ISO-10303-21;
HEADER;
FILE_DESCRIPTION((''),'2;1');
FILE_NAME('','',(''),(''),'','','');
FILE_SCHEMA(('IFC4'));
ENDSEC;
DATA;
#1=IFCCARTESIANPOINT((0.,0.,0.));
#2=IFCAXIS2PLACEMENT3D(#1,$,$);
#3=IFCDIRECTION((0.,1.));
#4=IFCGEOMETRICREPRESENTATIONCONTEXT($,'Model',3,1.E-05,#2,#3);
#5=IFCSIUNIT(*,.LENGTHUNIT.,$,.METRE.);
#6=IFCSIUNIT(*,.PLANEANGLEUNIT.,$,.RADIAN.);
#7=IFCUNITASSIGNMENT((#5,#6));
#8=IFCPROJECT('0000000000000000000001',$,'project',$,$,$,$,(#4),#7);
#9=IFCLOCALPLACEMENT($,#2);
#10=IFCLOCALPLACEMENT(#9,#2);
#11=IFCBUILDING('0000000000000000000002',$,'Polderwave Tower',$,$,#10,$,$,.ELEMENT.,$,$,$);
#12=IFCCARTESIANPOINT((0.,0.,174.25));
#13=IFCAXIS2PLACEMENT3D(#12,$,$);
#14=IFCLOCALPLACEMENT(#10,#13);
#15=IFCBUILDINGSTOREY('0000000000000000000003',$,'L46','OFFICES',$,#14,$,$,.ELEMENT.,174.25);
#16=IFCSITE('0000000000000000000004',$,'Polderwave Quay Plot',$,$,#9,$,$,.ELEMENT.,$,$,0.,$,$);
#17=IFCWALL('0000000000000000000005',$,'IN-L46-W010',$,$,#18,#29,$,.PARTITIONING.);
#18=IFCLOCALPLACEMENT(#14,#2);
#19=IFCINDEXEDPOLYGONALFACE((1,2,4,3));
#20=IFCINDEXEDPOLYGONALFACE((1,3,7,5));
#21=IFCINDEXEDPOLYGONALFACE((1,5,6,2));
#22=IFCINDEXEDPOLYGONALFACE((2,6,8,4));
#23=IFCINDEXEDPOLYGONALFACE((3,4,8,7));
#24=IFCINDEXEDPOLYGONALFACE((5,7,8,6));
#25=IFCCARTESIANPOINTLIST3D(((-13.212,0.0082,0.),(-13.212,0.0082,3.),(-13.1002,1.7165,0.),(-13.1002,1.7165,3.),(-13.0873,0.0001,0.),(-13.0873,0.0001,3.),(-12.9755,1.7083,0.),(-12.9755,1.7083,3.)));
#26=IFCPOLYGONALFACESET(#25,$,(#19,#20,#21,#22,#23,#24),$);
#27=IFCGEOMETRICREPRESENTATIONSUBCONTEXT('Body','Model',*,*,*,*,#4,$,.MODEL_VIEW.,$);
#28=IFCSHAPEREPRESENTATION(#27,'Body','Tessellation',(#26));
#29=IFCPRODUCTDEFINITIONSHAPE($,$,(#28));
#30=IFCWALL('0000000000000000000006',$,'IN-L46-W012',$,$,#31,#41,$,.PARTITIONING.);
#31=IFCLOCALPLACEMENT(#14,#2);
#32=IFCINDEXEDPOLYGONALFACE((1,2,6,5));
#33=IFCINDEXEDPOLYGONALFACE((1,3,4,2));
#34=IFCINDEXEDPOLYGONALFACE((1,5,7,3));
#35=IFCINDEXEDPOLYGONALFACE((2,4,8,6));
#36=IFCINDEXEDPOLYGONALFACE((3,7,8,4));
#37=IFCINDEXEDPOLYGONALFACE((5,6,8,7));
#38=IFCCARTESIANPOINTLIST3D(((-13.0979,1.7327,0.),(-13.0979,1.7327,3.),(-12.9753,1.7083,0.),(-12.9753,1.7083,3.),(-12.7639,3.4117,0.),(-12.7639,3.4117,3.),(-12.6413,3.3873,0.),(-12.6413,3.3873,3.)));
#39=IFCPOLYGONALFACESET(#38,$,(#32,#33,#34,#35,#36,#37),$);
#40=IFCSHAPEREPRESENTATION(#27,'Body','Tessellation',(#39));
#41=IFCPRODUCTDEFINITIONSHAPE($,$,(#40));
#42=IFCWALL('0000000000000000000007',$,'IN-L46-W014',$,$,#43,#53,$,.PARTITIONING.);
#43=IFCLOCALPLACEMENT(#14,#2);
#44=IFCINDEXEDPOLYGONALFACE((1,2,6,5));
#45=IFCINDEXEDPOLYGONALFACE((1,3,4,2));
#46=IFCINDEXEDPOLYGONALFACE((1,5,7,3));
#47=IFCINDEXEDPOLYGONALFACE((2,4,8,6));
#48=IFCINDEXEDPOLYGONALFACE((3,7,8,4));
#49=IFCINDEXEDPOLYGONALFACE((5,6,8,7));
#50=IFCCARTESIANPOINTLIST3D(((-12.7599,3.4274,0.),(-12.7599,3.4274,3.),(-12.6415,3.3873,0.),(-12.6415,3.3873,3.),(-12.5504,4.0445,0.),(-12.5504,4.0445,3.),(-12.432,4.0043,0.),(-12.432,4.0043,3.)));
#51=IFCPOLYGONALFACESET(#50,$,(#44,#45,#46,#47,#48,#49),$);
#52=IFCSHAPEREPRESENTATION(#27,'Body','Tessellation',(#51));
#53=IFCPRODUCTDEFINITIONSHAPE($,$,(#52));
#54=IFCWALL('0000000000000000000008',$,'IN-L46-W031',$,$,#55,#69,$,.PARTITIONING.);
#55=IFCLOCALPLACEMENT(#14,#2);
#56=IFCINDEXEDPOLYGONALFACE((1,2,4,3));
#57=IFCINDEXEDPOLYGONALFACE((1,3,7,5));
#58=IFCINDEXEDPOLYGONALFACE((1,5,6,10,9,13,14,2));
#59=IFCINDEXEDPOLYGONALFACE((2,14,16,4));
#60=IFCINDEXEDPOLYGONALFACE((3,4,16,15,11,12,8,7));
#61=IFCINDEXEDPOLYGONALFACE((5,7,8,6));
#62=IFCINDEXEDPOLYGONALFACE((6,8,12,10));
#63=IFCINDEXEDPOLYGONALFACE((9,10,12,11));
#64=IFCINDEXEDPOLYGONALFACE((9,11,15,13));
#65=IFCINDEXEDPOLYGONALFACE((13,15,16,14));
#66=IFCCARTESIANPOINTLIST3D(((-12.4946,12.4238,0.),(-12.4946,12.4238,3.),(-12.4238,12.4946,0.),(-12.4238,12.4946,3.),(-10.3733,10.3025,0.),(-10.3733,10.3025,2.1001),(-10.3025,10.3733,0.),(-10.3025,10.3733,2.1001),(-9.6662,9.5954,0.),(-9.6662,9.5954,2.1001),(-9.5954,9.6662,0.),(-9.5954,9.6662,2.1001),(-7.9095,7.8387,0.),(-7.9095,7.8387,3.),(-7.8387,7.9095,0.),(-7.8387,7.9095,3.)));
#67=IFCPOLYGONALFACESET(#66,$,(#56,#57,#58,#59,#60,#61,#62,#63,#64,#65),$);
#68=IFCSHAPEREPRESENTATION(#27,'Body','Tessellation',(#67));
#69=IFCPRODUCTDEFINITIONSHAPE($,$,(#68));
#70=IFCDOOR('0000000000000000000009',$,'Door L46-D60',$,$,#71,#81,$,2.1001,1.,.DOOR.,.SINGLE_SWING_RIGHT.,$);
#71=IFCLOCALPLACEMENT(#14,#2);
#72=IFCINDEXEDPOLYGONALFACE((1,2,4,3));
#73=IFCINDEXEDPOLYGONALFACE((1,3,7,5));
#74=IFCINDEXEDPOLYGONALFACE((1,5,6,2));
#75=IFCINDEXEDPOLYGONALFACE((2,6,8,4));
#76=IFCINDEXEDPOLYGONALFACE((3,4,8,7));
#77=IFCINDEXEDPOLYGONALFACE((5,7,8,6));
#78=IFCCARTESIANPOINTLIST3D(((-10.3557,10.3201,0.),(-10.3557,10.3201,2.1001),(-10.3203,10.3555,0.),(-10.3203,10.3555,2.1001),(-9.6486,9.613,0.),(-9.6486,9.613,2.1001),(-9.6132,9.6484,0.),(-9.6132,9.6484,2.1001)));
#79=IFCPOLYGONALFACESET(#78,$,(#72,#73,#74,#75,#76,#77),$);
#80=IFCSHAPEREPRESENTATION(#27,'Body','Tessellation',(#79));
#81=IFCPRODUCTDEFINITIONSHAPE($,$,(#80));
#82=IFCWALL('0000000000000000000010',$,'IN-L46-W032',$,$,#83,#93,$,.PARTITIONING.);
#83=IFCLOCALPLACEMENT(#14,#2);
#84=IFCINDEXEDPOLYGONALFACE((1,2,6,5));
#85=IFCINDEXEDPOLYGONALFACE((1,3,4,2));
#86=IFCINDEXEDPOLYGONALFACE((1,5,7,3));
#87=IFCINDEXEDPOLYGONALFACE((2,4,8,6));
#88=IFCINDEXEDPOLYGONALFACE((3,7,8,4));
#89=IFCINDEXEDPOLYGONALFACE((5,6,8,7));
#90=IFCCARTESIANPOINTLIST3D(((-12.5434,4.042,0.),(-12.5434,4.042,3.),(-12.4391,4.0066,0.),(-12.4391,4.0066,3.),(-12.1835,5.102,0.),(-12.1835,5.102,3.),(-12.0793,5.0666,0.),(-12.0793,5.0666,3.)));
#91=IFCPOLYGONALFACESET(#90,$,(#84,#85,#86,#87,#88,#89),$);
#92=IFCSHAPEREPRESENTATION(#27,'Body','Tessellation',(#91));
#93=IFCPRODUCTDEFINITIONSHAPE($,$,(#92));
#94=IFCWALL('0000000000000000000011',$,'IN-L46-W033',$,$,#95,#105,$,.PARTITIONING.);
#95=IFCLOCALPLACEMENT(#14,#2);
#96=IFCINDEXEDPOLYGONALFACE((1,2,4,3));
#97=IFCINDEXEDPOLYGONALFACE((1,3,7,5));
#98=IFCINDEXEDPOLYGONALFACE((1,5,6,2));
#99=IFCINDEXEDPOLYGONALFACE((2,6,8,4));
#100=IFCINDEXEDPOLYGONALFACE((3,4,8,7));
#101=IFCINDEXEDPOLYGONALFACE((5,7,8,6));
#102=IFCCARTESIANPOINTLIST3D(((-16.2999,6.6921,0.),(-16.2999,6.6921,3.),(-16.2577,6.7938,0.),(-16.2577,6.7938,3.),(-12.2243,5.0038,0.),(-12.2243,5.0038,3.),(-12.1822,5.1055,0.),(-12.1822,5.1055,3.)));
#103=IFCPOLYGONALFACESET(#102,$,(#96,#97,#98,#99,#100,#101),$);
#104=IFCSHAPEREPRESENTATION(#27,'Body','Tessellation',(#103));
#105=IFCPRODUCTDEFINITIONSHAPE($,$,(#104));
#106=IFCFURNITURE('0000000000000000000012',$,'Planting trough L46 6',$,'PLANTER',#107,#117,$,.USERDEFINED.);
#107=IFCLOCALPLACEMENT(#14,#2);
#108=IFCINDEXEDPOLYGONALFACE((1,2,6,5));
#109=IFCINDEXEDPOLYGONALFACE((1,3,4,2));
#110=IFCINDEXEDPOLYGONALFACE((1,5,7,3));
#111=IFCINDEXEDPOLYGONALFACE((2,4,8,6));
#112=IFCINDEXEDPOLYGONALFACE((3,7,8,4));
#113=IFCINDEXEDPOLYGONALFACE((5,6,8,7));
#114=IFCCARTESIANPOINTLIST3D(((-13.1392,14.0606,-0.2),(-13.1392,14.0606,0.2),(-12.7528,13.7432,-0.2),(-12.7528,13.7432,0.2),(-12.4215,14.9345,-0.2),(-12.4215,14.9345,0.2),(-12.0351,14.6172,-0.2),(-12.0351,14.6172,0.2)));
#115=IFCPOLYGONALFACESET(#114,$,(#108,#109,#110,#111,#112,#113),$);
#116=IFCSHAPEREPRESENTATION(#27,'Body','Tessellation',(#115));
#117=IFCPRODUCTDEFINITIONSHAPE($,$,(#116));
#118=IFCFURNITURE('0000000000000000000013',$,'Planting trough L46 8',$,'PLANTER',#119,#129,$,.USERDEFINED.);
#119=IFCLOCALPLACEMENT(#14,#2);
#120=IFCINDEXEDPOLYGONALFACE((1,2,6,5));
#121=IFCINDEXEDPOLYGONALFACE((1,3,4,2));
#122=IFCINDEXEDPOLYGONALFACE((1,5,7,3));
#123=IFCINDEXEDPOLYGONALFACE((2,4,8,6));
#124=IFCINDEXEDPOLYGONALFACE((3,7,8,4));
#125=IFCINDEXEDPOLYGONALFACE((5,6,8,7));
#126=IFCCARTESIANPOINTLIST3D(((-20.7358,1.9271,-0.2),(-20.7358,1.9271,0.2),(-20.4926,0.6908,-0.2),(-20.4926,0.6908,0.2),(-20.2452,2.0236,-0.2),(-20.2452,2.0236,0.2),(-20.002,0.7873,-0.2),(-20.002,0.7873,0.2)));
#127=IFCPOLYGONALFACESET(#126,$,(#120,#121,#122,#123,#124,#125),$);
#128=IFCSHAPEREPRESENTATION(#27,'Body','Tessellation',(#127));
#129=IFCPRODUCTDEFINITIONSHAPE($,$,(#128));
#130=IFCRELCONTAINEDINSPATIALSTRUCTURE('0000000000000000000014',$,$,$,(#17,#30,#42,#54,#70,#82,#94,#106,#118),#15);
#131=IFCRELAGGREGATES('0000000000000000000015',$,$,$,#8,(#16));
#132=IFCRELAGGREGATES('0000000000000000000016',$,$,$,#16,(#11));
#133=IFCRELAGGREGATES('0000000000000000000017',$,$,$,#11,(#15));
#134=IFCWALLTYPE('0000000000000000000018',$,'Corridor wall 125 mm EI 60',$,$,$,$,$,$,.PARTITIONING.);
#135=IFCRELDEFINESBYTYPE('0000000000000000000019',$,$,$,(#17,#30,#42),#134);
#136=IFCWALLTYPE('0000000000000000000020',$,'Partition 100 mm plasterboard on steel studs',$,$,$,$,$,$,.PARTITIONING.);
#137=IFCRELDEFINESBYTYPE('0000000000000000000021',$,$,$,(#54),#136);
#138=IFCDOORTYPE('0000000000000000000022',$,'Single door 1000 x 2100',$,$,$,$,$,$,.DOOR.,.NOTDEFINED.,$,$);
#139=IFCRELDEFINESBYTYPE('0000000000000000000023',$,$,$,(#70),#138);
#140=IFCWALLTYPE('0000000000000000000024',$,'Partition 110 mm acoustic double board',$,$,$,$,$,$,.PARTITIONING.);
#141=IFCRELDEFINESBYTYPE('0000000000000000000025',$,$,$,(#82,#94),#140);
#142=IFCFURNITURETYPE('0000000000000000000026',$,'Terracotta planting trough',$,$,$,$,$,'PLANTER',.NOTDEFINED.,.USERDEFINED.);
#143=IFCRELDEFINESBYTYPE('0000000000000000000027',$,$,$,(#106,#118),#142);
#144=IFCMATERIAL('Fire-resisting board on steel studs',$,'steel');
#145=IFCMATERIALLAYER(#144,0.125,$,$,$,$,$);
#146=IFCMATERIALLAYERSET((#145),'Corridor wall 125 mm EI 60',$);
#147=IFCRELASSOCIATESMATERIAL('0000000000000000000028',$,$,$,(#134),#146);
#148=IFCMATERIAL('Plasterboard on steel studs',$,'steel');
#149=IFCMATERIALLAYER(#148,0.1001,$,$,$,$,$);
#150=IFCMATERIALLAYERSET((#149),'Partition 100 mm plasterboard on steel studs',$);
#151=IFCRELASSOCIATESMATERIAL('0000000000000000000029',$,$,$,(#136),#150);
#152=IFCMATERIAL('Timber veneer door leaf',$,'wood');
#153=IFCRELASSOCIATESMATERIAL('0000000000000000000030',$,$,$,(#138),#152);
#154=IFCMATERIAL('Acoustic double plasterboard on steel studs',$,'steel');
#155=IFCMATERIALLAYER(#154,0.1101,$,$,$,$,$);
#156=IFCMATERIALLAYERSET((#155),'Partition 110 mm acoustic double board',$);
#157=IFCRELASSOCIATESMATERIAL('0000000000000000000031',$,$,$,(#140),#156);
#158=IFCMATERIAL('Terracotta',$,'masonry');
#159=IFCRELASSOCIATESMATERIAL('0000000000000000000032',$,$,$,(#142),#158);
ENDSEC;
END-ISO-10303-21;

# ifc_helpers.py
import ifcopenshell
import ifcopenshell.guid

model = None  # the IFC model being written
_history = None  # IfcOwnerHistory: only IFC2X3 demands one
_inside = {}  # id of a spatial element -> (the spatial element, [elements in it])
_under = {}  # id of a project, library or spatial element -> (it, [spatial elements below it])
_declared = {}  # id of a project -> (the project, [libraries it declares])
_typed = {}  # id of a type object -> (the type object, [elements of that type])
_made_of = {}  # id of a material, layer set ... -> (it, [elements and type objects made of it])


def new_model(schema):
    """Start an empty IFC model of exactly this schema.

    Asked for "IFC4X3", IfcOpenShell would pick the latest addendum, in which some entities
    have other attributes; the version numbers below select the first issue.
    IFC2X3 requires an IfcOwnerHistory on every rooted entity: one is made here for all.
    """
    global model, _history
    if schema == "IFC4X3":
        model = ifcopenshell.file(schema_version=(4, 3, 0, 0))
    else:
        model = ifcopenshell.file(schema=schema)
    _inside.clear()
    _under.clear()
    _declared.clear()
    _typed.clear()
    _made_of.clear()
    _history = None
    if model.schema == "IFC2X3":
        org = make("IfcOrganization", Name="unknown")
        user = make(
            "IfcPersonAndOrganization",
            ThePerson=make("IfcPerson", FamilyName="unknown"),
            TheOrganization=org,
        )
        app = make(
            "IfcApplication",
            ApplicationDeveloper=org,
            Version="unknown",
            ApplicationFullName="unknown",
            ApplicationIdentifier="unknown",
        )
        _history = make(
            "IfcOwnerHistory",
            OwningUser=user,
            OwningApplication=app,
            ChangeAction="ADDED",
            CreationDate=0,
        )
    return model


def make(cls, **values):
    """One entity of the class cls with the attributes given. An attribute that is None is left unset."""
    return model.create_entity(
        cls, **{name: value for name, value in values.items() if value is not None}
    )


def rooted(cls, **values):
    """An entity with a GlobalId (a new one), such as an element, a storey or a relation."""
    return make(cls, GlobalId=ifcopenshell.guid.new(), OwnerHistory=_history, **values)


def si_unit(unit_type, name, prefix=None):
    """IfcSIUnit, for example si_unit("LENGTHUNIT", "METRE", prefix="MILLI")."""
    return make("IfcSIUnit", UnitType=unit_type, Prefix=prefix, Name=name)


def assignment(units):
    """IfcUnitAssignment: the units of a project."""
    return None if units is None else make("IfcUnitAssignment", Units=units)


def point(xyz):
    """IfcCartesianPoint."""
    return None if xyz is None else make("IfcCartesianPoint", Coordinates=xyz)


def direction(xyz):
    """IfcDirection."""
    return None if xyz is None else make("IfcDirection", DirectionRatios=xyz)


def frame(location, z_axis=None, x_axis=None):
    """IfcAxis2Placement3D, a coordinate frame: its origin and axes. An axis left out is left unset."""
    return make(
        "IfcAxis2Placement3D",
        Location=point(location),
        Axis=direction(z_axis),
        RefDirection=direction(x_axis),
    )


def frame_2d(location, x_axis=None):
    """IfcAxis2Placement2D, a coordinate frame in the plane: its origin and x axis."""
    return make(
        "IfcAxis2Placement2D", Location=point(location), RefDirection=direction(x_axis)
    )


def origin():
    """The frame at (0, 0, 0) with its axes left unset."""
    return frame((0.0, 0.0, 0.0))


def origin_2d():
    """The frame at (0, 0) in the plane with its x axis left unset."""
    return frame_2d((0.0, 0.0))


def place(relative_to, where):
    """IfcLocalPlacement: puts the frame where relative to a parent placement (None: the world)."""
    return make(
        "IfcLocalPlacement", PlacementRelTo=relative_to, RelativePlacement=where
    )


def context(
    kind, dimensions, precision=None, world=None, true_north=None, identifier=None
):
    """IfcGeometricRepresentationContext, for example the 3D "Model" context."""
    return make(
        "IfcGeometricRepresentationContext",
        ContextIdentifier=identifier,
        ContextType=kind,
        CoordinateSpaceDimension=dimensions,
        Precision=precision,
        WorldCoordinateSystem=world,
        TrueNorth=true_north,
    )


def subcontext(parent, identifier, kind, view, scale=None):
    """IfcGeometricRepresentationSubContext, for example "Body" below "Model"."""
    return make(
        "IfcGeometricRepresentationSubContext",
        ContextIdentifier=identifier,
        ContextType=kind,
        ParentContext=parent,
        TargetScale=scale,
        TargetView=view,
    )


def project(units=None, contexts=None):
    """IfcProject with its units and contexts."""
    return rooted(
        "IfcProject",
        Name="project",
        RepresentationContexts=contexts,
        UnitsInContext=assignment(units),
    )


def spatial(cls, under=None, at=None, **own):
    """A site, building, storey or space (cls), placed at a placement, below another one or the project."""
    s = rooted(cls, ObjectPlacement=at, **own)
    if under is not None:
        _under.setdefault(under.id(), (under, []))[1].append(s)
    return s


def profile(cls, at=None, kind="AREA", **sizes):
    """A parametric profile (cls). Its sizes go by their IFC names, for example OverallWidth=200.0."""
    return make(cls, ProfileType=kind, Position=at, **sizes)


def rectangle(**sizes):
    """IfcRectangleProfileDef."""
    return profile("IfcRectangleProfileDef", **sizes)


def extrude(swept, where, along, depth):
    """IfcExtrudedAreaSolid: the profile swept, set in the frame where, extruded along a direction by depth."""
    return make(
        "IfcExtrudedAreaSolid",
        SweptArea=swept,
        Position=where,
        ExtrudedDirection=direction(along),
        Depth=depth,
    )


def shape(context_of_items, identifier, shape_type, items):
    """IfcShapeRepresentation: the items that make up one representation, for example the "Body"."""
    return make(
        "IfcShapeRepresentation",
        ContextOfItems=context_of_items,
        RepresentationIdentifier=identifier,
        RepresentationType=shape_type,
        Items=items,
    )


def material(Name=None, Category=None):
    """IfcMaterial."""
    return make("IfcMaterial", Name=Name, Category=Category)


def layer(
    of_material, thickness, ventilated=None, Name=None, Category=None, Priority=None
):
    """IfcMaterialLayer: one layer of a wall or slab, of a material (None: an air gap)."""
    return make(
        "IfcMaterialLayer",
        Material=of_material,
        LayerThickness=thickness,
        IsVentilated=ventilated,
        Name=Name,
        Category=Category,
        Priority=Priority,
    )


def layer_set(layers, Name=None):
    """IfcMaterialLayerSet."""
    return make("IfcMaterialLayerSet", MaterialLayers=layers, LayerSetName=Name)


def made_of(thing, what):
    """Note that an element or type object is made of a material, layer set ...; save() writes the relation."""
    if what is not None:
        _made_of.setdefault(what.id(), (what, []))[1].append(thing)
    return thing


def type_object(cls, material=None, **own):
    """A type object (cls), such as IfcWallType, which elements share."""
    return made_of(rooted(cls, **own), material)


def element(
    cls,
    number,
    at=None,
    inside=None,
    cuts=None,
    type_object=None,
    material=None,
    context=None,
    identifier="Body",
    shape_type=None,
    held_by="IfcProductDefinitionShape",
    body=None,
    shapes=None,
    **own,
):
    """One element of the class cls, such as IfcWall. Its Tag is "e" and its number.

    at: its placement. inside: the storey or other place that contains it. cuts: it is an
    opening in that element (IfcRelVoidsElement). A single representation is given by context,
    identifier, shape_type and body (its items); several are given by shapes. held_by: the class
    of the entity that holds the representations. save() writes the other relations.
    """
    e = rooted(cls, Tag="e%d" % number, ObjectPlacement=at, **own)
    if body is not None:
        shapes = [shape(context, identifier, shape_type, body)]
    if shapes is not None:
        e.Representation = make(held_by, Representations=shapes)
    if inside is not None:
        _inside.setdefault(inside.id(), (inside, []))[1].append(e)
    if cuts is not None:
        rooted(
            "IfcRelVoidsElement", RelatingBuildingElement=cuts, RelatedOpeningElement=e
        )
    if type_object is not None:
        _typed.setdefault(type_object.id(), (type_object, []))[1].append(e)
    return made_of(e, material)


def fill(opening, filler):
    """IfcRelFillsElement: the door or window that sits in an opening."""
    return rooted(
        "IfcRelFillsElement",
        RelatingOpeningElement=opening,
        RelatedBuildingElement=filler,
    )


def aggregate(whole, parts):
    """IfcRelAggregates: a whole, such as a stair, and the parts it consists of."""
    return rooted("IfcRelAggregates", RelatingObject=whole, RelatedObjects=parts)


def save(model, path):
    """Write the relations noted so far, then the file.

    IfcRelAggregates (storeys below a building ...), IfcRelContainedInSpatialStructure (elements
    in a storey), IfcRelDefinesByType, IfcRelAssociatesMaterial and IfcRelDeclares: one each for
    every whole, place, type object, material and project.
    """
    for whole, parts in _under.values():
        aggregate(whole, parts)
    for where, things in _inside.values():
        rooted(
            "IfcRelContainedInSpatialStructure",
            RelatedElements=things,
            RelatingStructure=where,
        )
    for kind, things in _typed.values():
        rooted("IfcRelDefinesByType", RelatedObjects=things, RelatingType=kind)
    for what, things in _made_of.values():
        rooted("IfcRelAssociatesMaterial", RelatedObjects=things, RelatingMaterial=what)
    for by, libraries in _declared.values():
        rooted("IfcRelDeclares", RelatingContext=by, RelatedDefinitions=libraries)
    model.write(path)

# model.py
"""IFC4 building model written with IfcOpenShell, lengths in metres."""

from ifc_helpers import new_model, si_unit, direction, frame, frame_2d, origin, origin_2d, place, context, subcontext, project, spatial, rectangle, extrude, material, layer, layer_set, type_object, element, fill, save


model = new_model("IFC4")

# Units and contexts
model_context = context("Model", 3, precision=1e-05, world=origin(), true_north=direction((0.0, 1.0)))
body_context = subcontext(model_context, "Body", "Model", "MODEL_VIEW")
ifc_project = project(units=[si_unit("LENGTHUNIT", "METRE"), si_unit("PLANEANGLEUNIT", "RADIAN")], contexts=[model_context])

# Site, building, storey
site_placement = place(None, origin())
site = spatial("IfcSite", under=ifc_project, at=site_placement, Name="Polderwave Quay Plot", CompositionType="ELEMENT", RefElevation=0.0)
building_placement = place(site_placement, origin())
building = spatial("IfcBuilding", under=site, at=building_placement, Name="Polderwave Tower", CompositionType="ELEMENT")
storey_placement = place(building_placement, frame((0.0, 0.0, 174.25)))
storey = spatial("IfcBuildingStorey", under=building, at=storey_placement, Name="L46", Description="OFFICES", CompositionType="ELEMENT", Elevation=174.25)

# Shared definitions
ifc_material_1 = material(Name="Fire-resisting board on steel studs", Category="steel")
ifc_layer_1 = layer(ifc_material_1, 0.125)
ifc_layer_set_1 = layer_set([ifc_layer_1], Name="Corridor wall 125 mm EI 60")
wall_type_1 = type_object("IfcWallType", Name="Corridor wall 125 mm EI 60", PredefinedType="PARTITIONING", material=ifc_layer_set_1)

# Walls
for number, where, z_axis, x_axis, name in (
    (1, (-13.1497, 0.0042, 0.0), (0.0, 0.0, 1.0), (0.065317, 0.997865, 0.0), "IN-L46-W010"),
    (2, (-13.0366, 1.7205, 0.0), (0.0, 0.0, 1.0), (0.195101, 0.980783, 0.0), "IN-L46-W012"),
):
    element("IfcWall", number, at=place(storey_placement, frame(where, z_axis=z_axis, x_axis=x_axis)), inside=storey, type_object=wall_type_1, Name=name, PredefinedType="PARTITIONING", context=body_context, shape_type="SweptSolid", body=[
        extrude(rectangle(XDim=1.7119, YDim=0.125, at=frame_2d((0.856, 0.0))), origin(), (0.0, 0.0, 1.0), 3.0),
    ])
wall_1_placement = place(storey_placement, frame((-12.7007, 3.4075, 0.0), z_axis=(0.0, 0.0, 1.0), x_axis=(0.321506, 0.946907, 0.0)))
element("IfcWall", 3, at=wall_1_placement, inside=storey, type_object=wall_type_1, Name="IN-L46-W014", PredefinedType="PARTITIONING", context=body_context, shape_type="SweptSolid", body=[
    extrude(rectangle(XDim=0.6516, YDim=0.125, at=frame_2d((0.3257, 0.0))), origin(), (0.0, 0.0, 1.0), 3.0),
])

# Wall, opening, door
ifc_material_2 = material(Name="Plasterboard on steel studs", Category="steel")
ifc_layer_2 = layer(ifc_material_2, 0.1001)
ifc_layer_set_2 = layer_set([ifc_layer_2], Name="Partition 100 mm plasterboard on steel studs")
wall_type_2 = type_object("IfcWallType", Name="Partition 100 mm plasterboard on steel studs", PredefinedType="PARTITIONING", material=ifc_layer_set_2)
wall_2_placement = place(storey_placement, frame((-12.4592, 12.4592, 0.0), z_axis=(0.0, 0.0, 1.0), x_axis=(0.707107, -0.707107, 0.0)))
wall_2 = element("IfcWall", 4, at=wall_2_placement, inside=storey, type_object=wall_type_2, Name="IN-L46-W031", PredefinedType="PARTITIONING", context=body_context, shape_type="SweptSolid", body=[
    extrude(rectangle(XDim=6.4844, YDim=0.1001, at=frame_2d((3.2422, 0.0))), origin(), (0.0, 0.0, 1.0), 3.0),
])
opening_1_placement = place(wall_2_placement, frame((3.0, 0.0, 0.0)))
opening_1 = element("IfcOpeningElement", 5, at=opening_1_placement, cuts=wall_2, PredefinedType="OPENING", context=body_context, shape_type="SweptSolid", body=[
    extrude(rectangle(XDim=1.0, YDim=2.1001, at=frame_2d((0.5, 1.05))), frame((0.0, 0.0601, 0.0), z_axis=(0.0, -1.0, 0.0), x_axis=(1.0, 0.0, 0.0)), (0.0, 0.0, 1.0), 0.1201),
])
ifc_material_3 = material(Name="Timber veneer door leaf", Category="wood")
door_type_1 = type_object("IfcDoorType", Name="Single door 1000 x 2100", OperationType="NOTDEFINED", PredefinedType="DOOR", material=ifc_material_3)
door_1_placement = place(opening_1_placement, origin())
door_1 = element("IfcDoor", 6, at=door_1_placement, inside=storey, type_object=door_type_1, Name="Door L46-D60", OperationType="SINGLE_SWING_RIGHT", OverallHeight=2.1001, OverallWidth=1.0, PredefinedType="DOOR", context=body_context, shape_type="SweptSolid", body=[
    extrude(rectangle(XDim=1.0, YDim=2.1001, at=frame_2d((0.5, 1.05))), frame((0.0, 0.0249, 0.0), z_axis=(0.0, -1.0, 0.0), x_axis=(1.0, 0.0, 0.0)), (0.0, 0.0, 1.0), 0.05),
])
fill(opening_1, door_1)

# Walls
ifc_material_4 = material(Name="Acoustic double plasterboard on steel studs", Category="steel")
ifc_layer_3 = layer(ifc_material_4, 0.1101)
ifc_layer_set_3 = layer_set([ifc_layer_3], Name="Partition 110 mm acoustic double board")
wall_type_3 = type_object("IfcWallType", Name="Partition 110 mm acoustic double board", PredefinedType="PARTITIONING", material=ifc_layer_set_3)
wall_3_placement = place(storey_placement, frame((-12.4912, 4.0244, 0.0), z_axis=(0.0, 0.0, 1.0), x_axis=(0.321457, 0.946924, 0.0)))
element("IfcWall", 7, at=wall_3_placement, inside=storey, type_object=wall_type_3, Name="IN-L46-W032", PredefinedType="PARTITIONING", context=body_context, shape_type="SweptSolid", body=[
    extrude(rectangle(XDim=1.1194, YDim=0.1101, at=frame_2d((0.5596, 0.0))), origin(), (0.0, 0.0, 1.0), 3.0),
])
wall_4_placement = place(storey_placement, frame((-12.2034, 5.0547, 0.0), z_axis=(0.0, 0.0, 1.0), x_axis=(-0.923869, 0.382709, 0.0)))
element("IfcWall", 8, at=wall_4_placement, inside=storey, type_object=wall_type_3, Name="IN-L46-W033", PredefinedType="PARTITIONING", context=body_context, shape_type="SweptSolid", body=[
    extrude(rectangle(XDim=4.4114, YDim=0.1101, at=frame_2d((2.2056, 0.0))), origin(), (0.0, 0.0, 1.0), 3.0),
])

# Furniture
ifc_material_5 = material(Name="Terracotta", Category="masonry")
furniture_type = type_object("IfcFurnitureType", Name="Terracotta planting trough", ElementType="PLANTER", AssemblyPlace="NOTDEFINED", PredefinedType="USERDEFINED", material=ifc_material_5)
furniture_1_placement = place(storey_placement, frame((-12.5872, 14.3389, -0.2), z_axis=(0.0, 0.0, 1.0), x_axis=(-0.634628, -0.772818, 0.0)))
element("IfcFurniture", 9, at=furniture_1_placement, inside=storey, type_object=furniture_type, Name="Planting trough L46 6", ObjectType="PLANTER", PredefinedType="USERDEFINED", context=body_context, shape_type="SweptSolid", body=[
    extrude(rectangle(XDim=1.1309, YDim=0.5, at=origin_2d()), origin(), (0.0, 0.0, 1.0), 0.3999),
])
furniture_2_placement = place(storey_placement, frame((-20.3689, 1.3572, -0.2), z_axis=(0.0, 0.0, 1.0), x_axis=(0.193051, -0.981189, 0.0)))
element("IfcFurniture", 10, at=furniture_2_placement, inside=storey, type_object=furniture_type, Name="Planting trough L46 8", ObjectType="PLANTER", PredefinedType="USERDEFINED", context=body_context, shape_type="SweptSolid", body=[
    extrude(rectangle(XDim=1.26, YDim=0.5, at=origin_2d()), origin(), (0.0, 0.0, 1.0), 0.3999),
])

save(model, "model.ifc")
